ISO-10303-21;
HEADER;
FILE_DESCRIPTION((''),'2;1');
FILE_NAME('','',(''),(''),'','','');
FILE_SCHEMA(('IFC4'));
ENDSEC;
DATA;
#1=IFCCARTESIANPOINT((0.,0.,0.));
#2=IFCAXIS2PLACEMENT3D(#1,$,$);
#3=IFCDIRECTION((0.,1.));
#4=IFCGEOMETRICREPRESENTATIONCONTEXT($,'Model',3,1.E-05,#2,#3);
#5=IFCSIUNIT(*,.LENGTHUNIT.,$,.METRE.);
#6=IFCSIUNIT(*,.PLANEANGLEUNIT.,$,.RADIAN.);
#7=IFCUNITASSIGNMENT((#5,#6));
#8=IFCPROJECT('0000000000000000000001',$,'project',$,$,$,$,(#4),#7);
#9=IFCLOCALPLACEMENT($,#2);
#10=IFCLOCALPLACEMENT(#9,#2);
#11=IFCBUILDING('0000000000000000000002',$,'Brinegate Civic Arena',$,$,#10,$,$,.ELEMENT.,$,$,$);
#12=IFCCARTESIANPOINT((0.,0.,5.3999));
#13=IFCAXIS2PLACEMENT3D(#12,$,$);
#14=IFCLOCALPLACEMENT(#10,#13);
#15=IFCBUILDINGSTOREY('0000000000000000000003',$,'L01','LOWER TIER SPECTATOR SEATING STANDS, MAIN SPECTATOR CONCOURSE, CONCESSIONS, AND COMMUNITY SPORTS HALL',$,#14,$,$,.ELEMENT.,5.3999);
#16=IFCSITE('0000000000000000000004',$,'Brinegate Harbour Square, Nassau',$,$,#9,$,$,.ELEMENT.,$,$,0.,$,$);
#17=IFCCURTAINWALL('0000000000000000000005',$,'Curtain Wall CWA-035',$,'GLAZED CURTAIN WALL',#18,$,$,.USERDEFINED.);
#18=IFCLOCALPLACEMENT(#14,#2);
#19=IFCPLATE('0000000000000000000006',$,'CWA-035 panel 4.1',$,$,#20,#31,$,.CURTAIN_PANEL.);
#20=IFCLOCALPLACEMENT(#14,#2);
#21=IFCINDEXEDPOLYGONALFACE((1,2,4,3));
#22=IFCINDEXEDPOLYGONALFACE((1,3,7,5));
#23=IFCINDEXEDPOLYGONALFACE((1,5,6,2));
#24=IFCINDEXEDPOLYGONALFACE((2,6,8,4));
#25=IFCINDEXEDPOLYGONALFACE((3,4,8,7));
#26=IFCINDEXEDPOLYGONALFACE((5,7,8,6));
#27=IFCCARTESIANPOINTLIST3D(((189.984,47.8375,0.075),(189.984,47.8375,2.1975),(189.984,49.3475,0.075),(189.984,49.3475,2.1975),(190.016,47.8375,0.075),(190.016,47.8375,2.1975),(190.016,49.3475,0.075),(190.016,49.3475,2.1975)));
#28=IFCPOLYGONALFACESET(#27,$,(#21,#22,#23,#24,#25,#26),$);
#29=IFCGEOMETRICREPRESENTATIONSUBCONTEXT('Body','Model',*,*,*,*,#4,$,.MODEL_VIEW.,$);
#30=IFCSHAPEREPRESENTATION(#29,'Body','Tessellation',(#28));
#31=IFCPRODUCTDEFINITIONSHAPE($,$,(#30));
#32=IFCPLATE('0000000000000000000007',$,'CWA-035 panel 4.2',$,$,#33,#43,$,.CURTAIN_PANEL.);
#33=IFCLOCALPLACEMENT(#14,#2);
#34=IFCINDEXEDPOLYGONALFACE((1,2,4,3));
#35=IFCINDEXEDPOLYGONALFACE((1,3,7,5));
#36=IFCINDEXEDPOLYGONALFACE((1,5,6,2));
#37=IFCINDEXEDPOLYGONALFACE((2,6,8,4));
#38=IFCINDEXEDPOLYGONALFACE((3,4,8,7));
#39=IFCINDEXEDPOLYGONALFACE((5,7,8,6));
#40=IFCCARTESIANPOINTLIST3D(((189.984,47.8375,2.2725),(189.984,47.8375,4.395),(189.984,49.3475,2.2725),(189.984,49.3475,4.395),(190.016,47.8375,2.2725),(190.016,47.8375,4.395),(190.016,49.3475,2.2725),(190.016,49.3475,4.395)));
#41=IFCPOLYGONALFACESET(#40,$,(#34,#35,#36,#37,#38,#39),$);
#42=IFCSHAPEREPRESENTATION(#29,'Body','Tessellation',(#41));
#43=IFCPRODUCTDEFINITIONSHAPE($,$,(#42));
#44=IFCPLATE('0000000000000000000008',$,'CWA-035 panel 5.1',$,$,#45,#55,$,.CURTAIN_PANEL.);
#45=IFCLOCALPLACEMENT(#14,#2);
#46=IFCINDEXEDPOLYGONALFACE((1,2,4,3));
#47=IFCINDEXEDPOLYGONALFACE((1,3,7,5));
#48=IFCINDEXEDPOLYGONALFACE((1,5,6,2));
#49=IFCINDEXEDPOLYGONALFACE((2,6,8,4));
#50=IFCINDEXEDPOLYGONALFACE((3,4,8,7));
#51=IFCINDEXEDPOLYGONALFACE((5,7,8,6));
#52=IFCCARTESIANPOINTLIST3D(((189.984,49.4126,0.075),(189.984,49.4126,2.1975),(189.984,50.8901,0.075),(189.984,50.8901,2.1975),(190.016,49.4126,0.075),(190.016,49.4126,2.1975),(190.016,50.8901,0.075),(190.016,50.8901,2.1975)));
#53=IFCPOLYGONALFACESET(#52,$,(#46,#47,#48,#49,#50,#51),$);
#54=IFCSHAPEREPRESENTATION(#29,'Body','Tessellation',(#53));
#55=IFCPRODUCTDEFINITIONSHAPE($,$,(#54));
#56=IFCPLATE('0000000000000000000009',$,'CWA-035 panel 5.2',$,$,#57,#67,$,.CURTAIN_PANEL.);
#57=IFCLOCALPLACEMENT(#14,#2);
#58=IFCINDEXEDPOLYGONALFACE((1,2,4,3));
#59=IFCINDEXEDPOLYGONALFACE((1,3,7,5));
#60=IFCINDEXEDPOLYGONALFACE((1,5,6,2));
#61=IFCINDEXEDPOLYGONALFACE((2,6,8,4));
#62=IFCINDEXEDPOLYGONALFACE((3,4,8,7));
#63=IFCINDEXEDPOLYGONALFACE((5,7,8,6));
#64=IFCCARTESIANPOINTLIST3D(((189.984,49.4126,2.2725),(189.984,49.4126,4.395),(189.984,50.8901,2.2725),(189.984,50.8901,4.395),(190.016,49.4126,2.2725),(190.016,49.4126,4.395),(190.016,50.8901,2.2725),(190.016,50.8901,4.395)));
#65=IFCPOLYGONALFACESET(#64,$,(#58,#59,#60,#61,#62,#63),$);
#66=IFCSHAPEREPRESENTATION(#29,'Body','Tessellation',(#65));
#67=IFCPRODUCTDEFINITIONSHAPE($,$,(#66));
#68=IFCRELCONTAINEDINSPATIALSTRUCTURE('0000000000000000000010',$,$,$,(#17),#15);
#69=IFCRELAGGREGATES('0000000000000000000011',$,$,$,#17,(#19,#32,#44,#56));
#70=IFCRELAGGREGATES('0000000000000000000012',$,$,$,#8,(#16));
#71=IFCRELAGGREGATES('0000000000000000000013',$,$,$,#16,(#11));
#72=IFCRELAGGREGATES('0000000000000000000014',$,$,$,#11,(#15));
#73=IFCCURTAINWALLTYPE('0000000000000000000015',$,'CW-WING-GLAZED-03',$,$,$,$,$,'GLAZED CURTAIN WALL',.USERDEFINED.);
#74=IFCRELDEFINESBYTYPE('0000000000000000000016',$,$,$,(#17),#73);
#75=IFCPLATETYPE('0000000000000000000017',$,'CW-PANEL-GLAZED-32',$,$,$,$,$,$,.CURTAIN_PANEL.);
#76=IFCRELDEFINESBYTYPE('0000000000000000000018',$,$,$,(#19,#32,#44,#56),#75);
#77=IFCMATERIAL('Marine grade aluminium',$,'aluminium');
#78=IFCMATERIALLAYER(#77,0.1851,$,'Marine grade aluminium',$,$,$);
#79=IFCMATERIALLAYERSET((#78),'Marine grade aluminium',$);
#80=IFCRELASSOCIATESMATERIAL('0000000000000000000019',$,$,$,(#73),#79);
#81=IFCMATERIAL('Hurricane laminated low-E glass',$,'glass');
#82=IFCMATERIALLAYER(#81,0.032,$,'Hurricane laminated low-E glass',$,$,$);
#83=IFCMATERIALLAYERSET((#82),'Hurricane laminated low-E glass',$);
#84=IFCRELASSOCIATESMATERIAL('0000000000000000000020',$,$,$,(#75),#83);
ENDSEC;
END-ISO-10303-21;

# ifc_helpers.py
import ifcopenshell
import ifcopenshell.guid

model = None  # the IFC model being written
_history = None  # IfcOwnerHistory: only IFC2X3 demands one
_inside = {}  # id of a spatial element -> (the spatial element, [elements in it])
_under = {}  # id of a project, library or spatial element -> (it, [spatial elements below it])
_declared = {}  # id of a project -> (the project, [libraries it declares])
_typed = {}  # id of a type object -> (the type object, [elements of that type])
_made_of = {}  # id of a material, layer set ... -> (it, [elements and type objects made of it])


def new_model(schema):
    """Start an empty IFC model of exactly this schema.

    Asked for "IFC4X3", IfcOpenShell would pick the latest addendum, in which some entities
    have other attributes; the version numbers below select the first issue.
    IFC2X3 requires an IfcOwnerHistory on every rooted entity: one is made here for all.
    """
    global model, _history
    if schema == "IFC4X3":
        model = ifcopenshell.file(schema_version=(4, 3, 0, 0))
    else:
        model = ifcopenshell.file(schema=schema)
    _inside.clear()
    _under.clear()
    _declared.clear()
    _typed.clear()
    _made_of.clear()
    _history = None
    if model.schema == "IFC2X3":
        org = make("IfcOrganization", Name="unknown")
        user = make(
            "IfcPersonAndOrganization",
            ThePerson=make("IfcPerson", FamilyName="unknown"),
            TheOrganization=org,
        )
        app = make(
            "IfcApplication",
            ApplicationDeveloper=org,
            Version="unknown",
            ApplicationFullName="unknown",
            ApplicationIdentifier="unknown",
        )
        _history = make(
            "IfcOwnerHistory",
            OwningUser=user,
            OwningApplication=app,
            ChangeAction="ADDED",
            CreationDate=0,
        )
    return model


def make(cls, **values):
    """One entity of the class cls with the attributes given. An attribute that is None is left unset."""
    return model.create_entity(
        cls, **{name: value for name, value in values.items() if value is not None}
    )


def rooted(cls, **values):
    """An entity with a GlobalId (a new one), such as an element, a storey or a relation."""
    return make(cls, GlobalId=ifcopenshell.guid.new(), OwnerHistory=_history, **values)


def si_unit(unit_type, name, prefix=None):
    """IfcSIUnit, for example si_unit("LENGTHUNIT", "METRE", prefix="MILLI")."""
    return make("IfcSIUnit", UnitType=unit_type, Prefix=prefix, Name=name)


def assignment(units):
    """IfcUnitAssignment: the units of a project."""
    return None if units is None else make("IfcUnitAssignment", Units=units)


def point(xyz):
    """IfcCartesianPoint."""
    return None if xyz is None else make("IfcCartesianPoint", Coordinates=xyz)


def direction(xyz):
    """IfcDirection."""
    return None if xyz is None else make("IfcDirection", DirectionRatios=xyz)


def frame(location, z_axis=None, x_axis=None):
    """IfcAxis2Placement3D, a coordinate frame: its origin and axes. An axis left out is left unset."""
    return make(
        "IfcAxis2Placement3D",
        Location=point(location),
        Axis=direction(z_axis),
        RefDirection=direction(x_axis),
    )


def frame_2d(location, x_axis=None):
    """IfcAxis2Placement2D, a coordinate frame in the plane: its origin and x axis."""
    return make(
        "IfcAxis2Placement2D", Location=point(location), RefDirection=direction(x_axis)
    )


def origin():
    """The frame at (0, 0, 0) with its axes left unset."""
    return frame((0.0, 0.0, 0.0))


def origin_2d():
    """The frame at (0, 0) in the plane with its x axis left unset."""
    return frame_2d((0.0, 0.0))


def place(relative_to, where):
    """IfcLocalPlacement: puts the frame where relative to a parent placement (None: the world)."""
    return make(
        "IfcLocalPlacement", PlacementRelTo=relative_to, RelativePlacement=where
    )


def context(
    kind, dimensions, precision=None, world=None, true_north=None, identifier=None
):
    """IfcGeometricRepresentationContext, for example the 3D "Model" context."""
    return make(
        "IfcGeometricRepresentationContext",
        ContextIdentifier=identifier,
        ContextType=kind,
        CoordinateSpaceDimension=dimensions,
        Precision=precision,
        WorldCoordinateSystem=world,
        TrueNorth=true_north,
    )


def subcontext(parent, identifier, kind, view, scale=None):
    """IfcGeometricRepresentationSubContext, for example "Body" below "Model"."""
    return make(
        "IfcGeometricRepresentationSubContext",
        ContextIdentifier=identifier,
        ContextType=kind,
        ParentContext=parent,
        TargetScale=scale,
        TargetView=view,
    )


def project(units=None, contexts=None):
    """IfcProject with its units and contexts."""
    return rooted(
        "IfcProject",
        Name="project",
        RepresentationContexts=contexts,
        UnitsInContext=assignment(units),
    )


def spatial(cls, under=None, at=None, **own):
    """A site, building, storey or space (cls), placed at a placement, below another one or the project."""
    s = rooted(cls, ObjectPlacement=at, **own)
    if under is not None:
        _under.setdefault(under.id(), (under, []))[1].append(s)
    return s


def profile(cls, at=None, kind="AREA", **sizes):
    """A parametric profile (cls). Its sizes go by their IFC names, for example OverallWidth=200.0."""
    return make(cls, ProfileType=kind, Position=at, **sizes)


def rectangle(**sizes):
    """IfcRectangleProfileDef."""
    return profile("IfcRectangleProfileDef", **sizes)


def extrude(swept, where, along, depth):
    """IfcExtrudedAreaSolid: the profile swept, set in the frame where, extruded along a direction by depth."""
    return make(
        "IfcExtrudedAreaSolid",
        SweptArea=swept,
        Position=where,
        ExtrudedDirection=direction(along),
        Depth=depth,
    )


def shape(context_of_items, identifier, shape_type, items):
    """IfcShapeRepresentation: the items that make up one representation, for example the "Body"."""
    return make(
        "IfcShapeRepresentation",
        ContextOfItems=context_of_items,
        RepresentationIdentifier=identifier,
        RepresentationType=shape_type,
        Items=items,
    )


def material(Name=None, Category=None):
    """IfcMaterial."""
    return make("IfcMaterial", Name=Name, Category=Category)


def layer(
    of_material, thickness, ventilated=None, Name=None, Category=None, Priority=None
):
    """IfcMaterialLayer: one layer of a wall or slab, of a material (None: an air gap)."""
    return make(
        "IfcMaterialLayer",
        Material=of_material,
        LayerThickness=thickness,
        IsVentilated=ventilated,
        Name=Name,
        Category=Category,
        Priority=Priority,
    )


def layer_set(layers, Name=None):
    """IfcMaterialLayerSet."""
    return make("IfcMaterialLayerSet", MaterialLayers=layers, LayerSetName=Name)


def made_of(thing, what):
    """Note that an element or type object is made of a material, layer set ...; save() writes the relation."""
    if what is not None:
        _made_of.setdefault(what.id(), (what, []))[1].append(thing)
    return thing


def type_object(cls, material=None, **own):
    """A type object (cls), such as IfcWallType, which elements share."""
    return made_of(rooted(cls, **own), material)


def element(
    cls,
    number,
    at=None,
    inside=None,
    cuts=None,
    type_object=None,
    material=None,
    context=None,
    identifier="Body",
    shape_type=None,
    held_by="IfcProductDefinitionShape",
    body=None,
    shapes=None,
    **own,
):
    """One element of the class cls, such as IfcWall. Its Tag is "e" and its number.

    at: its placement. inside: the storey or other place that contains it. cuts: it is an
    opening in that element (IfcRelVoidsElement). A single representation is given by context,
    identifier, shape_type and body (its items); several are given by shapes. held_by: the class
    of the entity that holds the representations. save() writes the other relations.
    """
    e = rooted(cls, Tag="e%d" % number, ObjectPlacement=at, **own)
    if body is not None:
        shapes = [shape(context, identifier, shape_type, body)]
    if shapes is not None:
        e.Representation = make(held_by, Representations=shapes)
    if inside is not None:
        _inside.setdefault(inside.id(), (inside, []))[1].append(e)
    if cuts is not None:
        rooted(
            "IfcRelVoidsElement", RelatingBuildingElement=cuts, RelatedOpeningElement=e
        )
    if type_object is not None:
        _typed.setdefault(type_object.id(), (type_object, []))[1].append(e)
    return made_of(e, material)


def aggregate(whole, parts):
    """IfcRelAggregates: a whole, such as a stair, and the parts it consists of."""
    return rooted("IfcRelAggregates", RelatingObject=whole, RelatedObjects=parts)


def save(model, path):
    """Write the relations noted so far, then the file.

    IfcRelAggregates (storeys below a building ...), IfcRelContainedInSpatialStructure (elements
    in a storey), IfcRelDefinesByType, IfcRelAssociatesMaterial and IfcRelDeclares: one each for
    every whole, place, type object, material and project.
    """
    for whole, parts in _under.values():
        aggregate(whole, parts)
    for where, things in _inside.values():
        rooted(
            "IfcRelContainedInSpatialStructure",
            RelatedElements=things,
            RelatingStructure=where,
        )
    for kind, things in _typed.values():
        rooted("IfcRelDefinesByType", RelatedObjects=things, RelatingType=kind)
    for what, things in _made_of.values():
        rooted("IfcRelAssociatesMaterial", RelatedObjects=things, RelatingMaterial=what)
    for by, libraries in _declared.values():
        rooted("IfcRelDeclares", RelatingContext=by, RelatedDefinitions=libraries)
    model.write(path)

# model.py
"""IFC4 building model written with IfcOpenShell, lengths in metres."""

from ifc_helpers import new_model, si_unit, direction, frame, origin, origin_2d, place, context, subcontext, project, spatial, rectangle, extrude, material, layer, layer_set, type_object, element, aggregate, save


model = new_model("IFC4")

# Units and contexts
model_context = context("Model", 3, precision=1e-05, world=origin(), true_north=direction((0.0, 1.0)))
body_context = subcontext(model_context, "Body", "Model", "MODEL_VIEW")
ifc_project = project(units=[si_unit("LENGTHUNIT", "METRE"), si_unit("PLANEANGLEUNIT", "RADIAN")], contexts=[model_context])

# Site, building, storey
site_placement = place(None, origin())
site = spatial("IfcSite", under=ifc_project, at=site_placement, Name="Brinegate Harbour Square, Nassau", CompositionType="ELEMENT", RefElevation=0.0)
building_placement = place(site_placement, origin())
building = spatial("IfcBuilding", under=site, at=building_placement, Name="Brinegate Civic Arena", CompositionType="ELEMENT")
storey_placement = place(building_placement, frame((0.0, 0.0, 5.3999)))
storey = spatial("IfcBuildingStorey", under=building, at=storey_placement, Name="L01", Description="LOWER TIER SPECTATOR SEATING STANDS, MAIN SPECTATOR CONCOURSE, CONCESSIONS, AND COMMUNITY SPORTS HALL", CompositionType="ELEMENT", Elevation=5.3999)

# Curtain wall, plates
ifc_material_1 = material(Name="Marine grade aluminium", Category="aluminium")
ifc_layer_1 = layer(ifc_material_1, 0.1851, Name="Marine grade aluminium")
ifc_layer_set_1 = layer_set([ifc_layer_1], Name="Marine grade aluminium")
curtain_wall_type = type_object("IfcCurtainWallType", Name="CW-WING-GLAZED-03", ElementType="GLAZED CURTAIN WALL", PredefinedType="USERDEFINED", material=ifc_layer_set_1)
curtain_wall_placement = place(storey_placement, origin())
curtain_wall = element("IfcCurtainWall", 1, at=curtain_wall_placement, inside=storey, type_object=curtain_wall_type, Name="Curtain Wall CWA-035", ObjectType="GLAZED CURTAIN WALL", PredefinedType="USERDEFINED")
ifc_material_2 = material(Name="Hurricane laminated low-E glass", Category="glass")
ifc_layer_2 = layer(ifc_material_2, 0.032, Name="Hurricane laminated low-E glass")
ifc_layer_set_2 = layer_set([ifc_layer_2], Name="Hurricane laminated low-E glass")
plate_type = type_object("IfcPlateType", Name="CW-PANEL-GLAZED-32", PredefinedType="CURTAIN_PANEL", material=ifc_layer_set_2)
plate_1_placement = place(storey_placement, frame((190.0, 48.5925, 0.075), z_axis=(0.0, 0.0, 1.0), x_axis=(0.0, 1.0, 0.0)))
plate_1 = element("IfcPlate", 2, at=plate_1_placement, type_object=plate_type, Name="CWA-035 panel 4.1", PredefinedType="CURTAIN_PANEL", context=body_context, shape_type="SweptSolid", body=[
    extrude(rectangle(XDim=1.51, YDim=0.032, at=origin_2d()), origin(), (0.0, 0.0, 1.0), 2.1226),
])
plate_2_placement = place(storey_placement, frame((190.0, 48.5925, 2.2725), z_axis=(0.0, 0.0, 1.0), x_axis=(0.0, 1.0, 0.0)))
plate_2 = element("IfcPlate", 3, at=plate_2_placement, type_object=plate_type, Name="CWA-035 panel 4.2", PredefinedType="CURTAIN_PANEL", context=body_context, shape_type="SweptSolid", body=[
    extrude(rectangle(XDim=1.51, YDim=0.032, at=origin_2d()), origin(), (0.0, 0.0, 1.0), 2.1226),
])
plate_3_placement = place(storey_placement, frame((190.0, 50.1514, 0.075), z_axis=(0.0, 0.0, 1.0), x_axis=(0.0, 1.0, 0.0)))
plate_3 = element("IfcPlate", 4, at=plate_3_placement, type_object=plate_type, Name="CWA-035 panel 5.1", PredefinedType="CURTAIN_PANEL", context=body_context, shape_type="SweptSolid", body=[
    extrude(rectangle(XDim=1.4775, YDim=0.032, at=origin_2d()), origin(), (0.0, 0.0, 1.0), 2.1226),
])
plate_4_placement = place(storey_placement, frame((190.0, 50.1514, 2.2725), z_axis=(0.0, 0.0, 1.0), x_axis=(0.0, 1.0, 0.0)))
plate_4 = element("IfcPlate", 5, at=plate_4_placement, type_object=plate_type, Name="CWA-035 panel 5.2", PredefinedType="CURTAIN_PANEL", context=body_context, shape_type="SweptSolid", body=[
    extrude(rectangle(XDim=1.4775, YDim=0.032, at=origin_2d()), origin(), (0.0, 0.0, 1.0), 2.1226),
])
aggregate(curtain_wall, [plate_1, plate_2, plate_3, plate_4])

save(model, "model.ifc")
